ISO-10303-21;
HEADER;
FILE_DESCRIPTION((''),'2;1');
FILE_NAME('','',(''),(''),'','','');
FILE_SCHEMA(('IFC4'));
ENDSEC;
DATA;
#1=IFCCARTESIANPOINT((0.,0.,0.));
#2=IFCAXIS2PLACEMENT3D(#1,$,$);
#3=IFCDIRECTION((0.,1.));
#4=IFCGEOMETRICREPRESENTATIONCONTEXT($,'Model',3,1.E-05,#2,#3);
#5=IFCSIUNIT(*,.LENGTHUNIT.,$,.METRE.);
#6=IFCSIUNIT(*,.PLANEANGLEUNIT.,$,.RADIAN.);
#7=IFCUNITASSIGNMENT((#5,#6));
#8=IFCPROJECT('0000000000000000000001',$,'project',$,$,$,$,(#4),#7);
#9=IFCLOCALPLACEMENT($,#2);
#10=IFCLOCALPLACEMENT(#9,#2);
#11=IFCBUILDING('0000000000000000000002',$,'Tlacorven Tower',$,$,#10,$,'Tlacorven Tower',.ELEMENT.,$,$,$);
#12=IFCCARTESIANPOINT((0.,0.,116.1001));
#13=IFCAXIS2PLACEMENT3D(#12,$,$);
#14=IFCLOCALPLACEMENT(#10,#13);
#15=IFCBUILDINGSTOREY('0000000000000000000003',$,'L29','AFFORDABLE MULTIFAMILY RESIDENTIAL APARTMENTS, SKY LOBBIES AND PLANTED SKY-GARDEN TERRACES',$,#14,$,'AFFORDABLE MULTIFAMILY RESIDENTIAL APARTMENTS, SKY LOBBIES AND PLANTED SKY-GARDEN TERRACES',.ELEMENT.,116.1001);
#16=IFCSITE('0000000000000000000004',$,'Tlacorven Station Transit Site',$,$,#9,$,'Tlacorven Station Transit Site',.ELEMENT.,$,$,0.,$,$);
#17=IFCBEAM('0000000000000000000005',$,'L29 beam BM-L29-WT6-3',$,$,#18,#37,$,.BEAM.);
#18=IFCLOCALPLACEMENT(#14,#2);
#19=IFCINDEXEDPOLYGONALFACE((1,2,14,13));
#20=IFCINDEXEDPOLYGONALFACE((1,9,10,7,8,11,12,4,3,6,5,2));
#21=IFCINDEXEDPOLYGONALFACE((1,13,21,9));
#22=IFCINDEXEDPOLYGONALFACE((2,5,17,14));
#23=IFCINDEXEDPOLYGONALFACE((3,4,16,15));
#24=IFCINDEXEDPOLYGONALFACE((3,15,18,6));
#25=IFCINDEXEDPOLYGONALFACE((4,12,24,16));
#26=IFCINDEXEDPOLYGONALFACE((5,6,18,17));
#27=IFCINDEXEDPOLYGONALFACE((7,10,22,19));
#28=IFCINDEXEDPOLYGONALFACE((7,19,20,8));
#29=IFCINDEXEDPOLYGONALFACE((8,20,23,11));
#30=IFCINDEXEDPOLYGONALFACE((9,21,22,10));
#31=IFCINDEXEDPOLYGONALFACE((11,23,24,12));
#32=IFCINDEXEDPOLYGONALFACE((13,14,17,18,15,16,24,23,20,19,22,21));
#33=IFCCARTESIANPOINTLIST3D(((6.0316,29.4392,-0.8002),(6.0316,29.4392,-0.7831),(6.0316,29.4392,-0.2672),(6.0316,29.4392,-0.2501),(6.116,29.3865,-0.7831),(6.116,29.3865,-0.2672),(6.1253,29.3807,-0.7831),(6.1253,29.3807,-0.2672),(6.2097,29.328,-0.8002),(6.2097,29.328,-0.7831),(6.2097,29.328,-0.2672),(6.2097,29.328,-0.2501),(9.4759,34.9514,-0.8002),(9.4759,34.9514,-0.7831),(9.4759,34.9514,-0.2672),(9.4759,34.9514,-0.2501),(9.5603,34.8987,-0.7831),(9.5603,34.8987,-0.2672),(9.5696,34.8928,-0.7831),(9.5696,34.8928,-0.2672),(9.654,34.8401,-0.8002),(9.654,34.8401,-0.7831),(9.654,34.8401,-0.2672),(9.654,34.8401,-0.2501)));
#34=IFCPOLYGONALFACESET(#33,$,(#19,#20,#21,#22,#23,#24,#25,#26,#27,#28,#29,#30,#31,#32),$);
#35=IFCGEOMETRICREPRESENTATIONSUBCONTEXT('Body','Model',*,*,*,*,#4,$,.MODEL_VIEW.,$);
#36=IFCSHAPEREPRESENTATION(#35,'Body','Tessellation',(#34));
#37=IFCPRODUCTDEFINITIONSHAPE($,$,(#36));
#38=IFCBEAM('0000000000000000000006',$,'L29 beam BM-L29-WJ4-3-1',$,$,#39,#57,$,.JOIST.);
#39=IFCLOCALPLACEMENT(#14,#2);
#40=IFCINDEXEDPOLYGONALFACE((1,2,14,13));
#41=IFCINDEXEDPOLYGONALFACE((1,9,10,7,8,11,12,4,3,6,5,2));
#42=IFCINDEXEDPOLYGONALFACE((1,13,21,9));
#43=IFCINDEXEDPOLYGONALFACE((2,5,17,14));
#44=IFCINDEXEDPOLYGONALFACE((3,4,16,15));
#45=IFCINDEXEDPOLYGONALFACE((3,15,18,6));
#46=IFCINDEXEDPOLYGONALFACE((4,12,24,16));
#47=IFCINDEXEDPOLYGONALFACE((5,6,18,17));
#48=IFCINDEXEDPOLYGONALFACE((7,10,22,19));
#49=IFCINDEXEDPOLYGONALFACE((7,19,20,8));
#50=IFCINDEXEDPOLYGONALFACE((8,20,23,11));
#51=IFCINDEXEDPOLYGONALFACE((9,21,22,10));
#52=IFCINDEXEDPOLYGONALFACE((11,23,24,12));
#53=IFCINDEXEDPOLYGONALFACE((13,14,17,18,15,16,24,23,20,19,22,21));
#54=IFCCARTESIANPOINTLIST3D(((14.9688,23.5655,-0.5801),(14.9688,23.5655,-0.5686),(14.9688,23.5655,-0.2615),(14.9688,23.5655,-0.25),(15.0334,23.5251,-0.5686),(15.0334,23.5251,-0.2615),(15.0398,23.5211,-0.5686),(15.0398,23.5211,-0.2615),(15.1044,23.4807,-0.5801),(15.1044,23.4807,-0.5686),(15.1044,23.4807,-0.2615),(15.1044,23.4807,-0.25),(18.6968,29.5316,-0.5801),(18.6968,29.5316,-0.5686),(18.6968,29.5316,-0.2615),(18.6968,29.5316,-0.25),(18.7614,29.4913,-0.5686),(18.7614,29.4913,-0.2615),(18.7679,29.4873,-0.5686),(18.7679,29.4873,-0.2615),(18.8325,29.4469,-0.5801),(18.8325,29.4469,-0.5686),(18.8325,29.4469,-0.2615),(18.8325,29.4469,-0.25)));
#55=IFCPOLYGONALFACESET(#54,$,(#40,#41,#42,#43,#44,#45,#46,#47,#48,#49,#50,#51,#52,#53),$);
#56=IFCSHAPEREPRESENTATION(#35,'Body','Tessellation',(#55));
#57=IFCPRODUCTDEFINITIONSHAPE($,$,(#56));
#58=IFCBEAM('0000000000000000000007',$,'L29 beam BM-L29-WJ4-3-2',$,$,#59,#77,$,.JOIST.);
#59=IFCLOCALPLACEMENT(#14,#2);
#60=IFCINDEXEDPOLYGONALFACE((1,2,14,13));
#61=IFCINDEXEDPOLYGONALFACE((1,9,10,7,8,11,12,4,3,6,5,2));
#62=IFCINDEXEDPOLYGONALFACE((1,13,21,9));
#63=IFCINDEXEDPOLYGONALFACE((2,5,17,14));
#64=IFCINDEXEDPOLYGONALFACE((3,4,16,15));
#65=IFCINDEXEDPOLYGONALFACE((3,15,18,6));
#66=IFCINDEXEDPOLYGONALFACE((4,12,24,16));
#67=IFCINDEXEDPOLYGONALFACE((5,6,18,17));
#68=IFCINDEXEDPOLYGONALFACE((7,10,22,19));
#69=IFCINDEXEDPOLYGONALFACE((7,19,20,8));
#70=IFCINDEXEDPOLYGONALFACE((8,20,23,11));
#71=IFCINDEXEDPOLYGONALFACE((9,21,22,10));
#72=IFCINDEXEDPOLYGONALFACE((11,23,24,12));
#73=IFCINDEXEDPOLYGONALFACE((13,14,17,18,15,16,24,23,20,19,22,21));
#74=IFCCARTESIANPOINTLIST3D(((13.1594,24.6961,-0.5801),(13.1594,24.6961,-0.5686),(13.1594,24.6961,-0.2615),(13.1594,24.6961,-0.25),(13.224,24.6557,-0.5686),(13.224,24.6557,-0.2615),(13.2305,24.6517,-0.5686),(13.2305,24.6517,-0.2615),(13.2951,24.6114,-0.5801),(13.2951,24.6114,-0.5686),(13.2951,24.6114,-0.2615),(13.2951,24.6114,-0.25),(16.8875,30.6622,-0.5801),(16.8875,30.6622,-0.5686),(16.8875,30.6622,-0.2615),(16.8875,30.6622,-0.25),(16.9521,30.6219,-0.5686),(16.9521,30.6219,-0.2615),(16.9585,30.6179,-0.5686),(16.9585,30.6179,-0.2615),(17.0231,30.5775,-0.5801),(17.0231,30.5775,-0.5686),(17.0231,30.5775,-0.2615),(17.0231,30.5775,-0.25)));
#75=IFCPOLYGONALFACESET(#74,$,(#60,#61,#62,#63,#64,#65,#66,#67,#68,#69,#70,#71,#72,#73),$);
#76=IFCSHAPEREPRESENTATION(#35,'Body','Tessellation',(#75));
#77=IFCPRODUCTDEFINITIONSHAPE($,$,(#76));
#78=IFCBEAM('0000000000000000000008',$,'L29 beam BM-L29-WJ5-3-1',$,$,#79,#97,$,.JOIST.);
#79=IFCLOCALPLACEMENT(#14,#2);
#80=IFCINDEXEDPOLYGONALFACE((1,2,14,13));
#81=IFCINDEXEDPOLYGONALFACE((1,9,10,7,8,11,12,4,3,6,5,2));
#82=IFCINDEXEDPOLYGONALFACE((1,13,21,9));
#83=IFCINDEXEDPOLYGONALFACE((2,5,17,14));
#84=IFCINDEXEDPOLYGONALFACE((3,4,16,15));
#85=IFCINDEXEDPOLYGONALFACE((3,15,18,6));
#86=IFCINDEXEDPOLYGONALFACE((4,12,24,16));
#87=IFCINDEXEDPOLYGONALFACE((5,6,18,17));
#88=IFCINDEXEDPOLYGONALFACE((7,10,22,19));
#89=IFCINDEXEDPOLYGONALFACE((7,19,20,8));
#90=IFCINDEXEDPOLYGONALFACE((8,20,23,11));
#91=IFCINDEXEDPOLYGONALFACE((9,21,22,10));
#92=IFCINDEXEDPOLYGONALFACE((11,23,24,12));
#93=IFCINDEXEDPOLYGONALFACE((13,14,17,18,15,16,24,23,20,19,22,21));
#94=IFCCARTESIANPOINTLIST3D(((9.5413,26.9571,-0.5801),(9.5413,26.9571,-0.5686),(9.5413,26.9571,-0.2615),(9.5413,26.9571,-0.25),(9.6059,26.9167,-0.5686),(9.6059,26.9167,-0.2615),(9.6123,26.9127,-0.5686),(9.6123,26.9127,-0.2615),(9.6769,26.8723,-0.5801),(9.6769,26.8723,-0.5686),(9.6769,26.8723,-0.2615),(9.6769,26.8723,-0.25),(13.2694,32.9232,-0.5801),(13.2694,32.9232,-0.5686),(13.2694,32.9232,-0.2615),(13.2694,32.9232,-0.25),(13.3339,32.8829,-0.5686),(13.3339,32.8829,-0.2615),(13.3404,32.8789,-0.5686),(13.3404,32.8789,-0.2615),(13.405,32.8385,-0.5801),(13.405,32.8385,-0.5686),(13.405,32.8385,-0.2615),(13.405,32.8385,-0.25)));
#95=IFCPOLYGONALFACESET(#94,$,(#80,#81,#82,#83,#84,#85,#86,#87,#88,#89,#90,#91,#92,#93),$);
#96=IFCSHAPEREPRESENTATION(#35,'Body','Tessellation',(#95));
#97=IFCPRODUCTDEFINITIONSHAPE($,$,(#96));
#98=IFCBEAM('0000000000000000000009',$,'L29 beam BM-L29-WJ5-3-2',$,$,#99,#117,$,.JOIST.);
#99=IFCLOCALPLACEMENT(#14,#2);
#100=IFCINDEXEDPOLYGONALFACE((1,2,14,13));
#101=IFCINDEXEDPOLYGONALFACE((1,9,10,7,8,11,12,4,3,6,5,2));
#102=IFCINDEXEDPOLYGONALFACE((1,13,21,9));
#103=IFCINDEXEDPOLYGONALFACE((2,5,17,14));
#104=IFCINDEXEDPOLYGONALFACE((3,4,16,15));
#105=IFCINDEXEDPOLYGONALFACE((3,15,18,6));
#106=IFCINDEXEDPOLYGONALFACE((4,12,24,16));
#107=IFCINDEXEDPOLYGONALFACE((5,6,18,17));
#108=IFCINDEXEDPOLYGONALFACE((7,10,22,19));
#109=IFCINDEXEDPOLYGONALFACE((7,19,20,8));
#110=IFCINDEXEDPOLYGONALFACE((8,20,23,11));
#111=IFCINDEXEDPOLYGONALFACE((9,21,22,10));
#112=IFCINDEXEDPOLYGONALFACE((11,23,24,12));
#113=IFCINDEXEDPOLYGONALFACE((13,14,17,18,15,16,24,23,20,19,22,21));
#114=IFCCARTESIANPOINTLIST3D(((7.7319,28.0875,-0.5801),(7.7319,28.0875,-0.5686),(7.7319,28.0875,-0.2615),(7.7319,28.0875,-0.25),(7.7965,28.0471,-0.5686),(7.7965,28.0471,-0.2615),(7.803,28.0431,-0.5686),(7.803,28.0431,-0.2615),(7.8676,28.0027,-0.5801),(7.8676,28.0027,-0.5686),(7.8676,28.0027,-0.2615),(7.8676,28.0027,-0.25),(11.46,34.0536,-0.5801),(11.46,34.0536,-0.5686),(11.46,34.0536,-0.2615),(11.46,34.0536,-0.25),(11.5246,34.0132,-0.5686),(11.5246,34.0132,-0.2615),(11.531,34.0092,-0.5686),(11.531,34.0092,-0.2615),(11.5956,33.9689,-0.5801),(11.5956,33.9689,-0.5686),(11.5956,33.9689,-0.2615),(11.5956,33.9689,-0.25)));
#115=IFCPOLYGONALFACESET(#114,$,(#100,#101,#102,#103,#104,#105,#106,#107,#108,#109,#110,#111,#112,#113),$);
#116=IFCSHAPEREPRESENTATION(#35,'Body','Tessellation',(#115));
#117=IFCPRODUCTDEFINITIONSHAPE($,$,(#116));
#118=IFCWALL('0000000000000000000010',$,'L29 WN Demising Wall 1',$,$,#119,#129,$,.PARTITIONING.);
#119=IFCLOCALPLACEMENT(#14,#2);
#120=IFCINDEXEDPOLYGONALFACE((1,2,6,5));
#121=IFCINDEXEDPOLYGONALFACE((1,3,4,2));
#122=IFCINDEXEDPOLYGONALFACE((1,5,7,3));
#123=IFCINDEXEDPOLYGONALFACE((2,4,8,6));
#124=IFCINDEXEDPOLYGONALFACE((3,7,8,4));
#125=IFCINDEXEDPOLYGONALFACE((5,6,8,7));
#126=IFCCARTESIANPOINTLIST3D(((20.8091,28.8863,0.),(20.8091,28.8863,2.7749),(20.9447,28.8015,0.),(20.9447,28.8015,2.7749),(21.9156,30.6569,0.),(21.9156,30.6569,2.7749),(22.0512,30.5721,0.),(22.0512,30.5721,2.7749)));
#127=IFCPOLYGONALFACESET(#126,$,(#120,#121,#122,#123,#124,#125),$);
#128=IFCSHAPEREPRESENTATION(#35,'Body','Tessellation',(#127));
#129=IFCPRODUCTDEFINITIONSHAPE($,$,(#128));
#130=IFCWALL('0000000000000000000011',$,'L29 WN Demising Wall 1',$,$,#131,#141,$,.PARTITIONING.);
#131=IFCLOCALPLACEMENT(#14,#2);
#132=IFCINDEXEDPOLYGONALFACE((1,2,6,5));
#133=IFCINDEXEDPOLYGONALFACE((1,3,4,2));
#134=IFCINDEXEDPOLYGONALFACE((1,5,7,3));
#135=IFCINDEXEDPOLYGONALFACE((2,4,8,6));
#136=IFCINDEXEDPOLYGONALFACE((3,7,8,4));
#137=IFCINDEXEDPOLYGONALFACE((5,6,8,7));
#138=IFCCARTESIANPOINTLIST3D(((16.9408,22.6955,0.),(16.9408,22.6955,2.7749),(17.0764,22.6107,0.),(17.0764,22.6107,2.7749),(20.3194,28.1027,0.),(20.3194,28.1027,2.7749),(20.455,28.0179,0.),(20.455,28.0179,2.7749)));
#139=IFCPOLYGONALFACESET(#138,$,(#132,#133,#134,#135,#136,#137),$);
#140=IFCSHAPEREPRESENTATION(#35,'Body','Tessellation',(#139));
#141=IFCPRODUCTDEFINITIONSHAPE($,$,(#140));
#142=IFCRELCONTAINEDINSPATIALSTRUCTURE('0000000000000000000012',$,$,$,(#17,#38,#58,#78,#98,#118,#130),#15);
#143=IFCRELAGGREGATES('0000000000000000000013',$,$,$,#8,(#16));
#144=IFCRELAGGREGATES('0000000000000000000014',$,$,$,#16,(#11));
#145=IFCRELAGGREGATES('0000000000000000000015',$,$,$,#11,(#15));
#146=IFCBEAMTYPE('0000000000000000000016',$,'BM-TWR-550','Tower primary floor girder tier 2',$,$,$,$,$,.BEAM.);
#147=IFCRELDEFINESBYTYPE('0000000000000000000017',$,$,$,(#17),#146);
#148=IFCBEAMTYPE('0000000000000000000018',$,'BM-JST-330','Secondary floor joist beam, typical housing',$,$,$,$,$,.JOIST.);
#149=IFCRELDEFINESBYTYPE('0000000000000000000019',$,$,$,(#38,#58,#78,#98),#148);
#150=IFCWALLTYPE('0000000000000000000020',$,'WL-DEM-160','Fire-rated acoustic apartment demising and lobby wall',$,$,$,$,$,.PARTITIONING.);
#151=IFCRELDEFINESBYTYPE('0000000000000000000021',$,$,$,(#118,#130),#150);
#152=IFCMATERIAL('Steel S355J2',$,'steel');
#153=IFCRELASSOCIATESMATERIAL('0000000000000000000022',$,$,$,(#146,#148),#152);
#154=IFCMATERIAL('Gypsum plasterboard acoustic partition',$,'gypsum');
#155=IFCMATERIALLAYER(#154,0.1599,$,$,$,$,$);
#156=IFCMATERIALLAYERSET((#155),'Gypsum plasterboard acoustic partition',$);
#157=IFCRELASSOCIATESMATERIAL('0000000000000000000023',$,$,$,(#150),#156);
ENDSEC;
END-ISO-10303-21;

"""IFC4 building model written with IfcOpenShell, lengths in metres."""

from ifc_helpers import new_model, si_unit, direction, frame, frame_2d, origin, origin_2d, place, context, subcontext, project, spatial, rectangle, i_section, extrude, source, transform, mapped, material, layer, layer_set, material_profile, profile_set, type_object, element, save


model = new_model("IFC4")

# Units and contexts
model_context = context("Model", 3, precision=1e-05, world=origin(), true_north=direction((0.0, 1.0)))
body_context = subcontext(model_context, "Body", "Model", "MODEL_VIEW")
ifc_project = project(units=[si_unit("LENGTHUNIT", "METRE"), si_unit("PLANEANGLEUNIT", "RADIAN")], contexts=[model_context])

# Site, building, storey
site_placement = place(None, origin())
site = spatial("IfcSite", under=ifc_project, at=site_placement, Name="Tlacorven Station Transit Site", LongName="Tlacorven Station Transit Site", CompositionType="ELEMENT", RefElevation=0.0)
building_placement = place(site_placement, origin())
building = spatial("IfcBuilding", under=site, at=building_placement, Name="Tlacorven Tower", LongName="Tlacorven Tower", CompositionType="ELEMENT")
storey_placement = place(building_placement, frame((0.0, 0.0, 116.1001)))
storey = spatial("IfcBuildingStorey", under=building, at=storey_placement, Name="L29", Description="AFFORDABLE MULTIFAMILY RESIDENTIAL APARTMENTS, SKY LOBBIES AND PLANTED SKY-GARDEN TERRACES", LongName="AFFORDABLE MULTIFAMILY RESIDENTIAL APARTMENTS, SKY LOBBIES AND PLANTED SKY-GARDEN TERRACES", CompositionType="ELEMENT", Elevation=116.1001)

# Beams
ifc_material_1 = material(Name="Steel S355J2", Category="steel")
ifc_material_profile_1 = material_profile(ifc_material_1, i_section(OverallWidth=0.21, OverallDepth=0.55, WebThickness=0.011, FlangeThickness=0.0171, at=origin_2d()), Name="IPE 550")
ifc_profile_set_1 = profile_set([ifc_material_profile_1], Name="Steel S355J2")
beam_type_1 = type_object("IfcBeamType", Name="BM-TWR-550", Description="Tower primary floor girder tier 2", PredefinedType="BEAM", material=ifc_profile_set_1)
shared_shape_1 = source(origin(), body_context, "Body", "SweptSolid", [
    extrude(i_section(OverallWidth=0.21, OverallDepth=0.55, WebThickness=0.011, FlangeThickness=0.0171, at=origin_2d()), origin(), (0.0, 0.0, 1.0), 6.4998),
])
beam_1_placement = place(storey_placement, frame((9.5649, 34.8958, -0.5251), z_axis=(-0.529911, -0.848053, 0.0), x_axis=(0.848053, -0.529911, 0.0)))
element("IfcBeam", 1, at=beam_1_placement, inside=storey, type_object=beam_type_1, Name="L29 beam BM-L29-WT6-3", PredefinedType="BEAM", context=body_context, shape_type="MappedRepresentation", body=[
    mapped(shared_shape_1, transform((0.0, 0.0, 0.0), scale=1.0)),
])
ifc_material_profile_2 = material_profile(ifc_material_1, i_section(OverallWidth=0.1599, OverallDepth=0.3301, WebThickness=0.0076, FlangeThickness=0.0115, at=origin_2d()), Name="IPE 330")
ifc_profile_set_2 = profile_set([ifc_material_profile_2], Name="Steel S355J2")
beam_type_2 = type_object("IfcBeamType", Name="BM-JST-330", Description="Secondary floor joist beam, typical housing", PredefinedType="JOIST", material=ifc_profile_set_2)
shared_shape_2 = source(origin(), body_context, "Body", "SweptSolid", [
    extrude(i_section(OverallWidth=0.1599, OverallDepth=0.3301, WebThickness=0.0076, FlangeThickness=0.0115, at=origin_2d()), origin(), (0.0, 0.0, 1.0), 7.0352),
])
for number, where, z_axis, x_axis, name in (
    (2, (18.7646, 29.4893, -0.415), (-0.529921, -0.848047, 0.0), (0.848047, -0.529921, 0.0), "L29 beam BM-L29-WJ4-3-1"),
    (3, (16.9553, 30.6199, -0.415), (-0.529921, -0.848047, 0.0), (0.848047, -0.529921, 0.0), "L29 beam BM-L29-WJ4-3-2"),
    (4, (13.3372, 32.8809, -0.415), (-0.529921, -0.848047, 0.0), (0.848047, -0.529921, 0.0), "L29 beam BM-L29-WJ5-3-1"),
    (5, (11.5278, 34.0112, -0.415), (-0.529921, -0.848047, 0.0), (0.848047, -0.529921, 0.0), "L29 beam BM-L29-WJ5-3-2"),
):
    element("IfcBeam", number, at=place(storey_placement, frame(where, z_axis=z_axis, x_axis=x_axis)), inside=storey, type_object=beam_type_2, Name=name, PredefinedType="JOIST", context=body_context, shape_type="MappedRepresentation", body=[
        mapped(shared_shape_2, transform((0.0, 0.0, 0.0), scale=1.0)),
    ])

# Walls
ifc_material_2 = material(Name="Gypsum plasterboard acoustic partition", Category="gypsum")
ifc_layer_1 = layer(ifc_material_2, 0.1599)
ifc_layer_set_1 = layer_set([ifc_layer_1], Name="Gypsum plasterboard acoustic partition")
wall_type_1 = type_object("IfcWallType", Name="WL-DEM-160", Description="Fire-rated acoustic apartment demising and lobby wall", PredefinedType="PARTITIONING", material=ifc_layer_set_1)
wall_1_placement = place(storey_placement, frame((21.9834, 30.6145, 0.0), z_axis=(0.0, 0.0, 1.0), x_axis=(-0.529957, -0.848025, 0.0)))
element("IfcWall", 6, at=wall_1_placement, inside=storey, type_object=wall_type_1, Name="L29 WN Demising Wall 1", PredefinedType="PARTITIONING", context=body_context, shape_type="SweptSolid", body=[
    extrude(rectangle(XDim=2.0879, YDim=0.1599, at=frame_2d((1.0439, 0.0))), origin(), (0.0, 0.0, 1.0), 2.7749),
])
wall_2_placement = place(storey_placement, frame((20.3872, 28.0603, 0.0), z_axis=(0.0, 0.0, 1.0), x_axis=(-0.529903, -0.848059, 0.0)))
element("IfcWall", 7, at=wall_2_placement, inside=storey, type_object=wall_type_1, Name="L29 WN Demising Wall 1", PredefinedType="PARTITIONING", context=body_context, shape_type="SweptSolid", body=[
    extrude(rectangle(XDim=6.376, YDim=0.1599, at=frame_2d((3.188, 0.0))), origin(), (0.0, 0.0, 1.0), 2.7749),
])

save(model, "model.ifc")
